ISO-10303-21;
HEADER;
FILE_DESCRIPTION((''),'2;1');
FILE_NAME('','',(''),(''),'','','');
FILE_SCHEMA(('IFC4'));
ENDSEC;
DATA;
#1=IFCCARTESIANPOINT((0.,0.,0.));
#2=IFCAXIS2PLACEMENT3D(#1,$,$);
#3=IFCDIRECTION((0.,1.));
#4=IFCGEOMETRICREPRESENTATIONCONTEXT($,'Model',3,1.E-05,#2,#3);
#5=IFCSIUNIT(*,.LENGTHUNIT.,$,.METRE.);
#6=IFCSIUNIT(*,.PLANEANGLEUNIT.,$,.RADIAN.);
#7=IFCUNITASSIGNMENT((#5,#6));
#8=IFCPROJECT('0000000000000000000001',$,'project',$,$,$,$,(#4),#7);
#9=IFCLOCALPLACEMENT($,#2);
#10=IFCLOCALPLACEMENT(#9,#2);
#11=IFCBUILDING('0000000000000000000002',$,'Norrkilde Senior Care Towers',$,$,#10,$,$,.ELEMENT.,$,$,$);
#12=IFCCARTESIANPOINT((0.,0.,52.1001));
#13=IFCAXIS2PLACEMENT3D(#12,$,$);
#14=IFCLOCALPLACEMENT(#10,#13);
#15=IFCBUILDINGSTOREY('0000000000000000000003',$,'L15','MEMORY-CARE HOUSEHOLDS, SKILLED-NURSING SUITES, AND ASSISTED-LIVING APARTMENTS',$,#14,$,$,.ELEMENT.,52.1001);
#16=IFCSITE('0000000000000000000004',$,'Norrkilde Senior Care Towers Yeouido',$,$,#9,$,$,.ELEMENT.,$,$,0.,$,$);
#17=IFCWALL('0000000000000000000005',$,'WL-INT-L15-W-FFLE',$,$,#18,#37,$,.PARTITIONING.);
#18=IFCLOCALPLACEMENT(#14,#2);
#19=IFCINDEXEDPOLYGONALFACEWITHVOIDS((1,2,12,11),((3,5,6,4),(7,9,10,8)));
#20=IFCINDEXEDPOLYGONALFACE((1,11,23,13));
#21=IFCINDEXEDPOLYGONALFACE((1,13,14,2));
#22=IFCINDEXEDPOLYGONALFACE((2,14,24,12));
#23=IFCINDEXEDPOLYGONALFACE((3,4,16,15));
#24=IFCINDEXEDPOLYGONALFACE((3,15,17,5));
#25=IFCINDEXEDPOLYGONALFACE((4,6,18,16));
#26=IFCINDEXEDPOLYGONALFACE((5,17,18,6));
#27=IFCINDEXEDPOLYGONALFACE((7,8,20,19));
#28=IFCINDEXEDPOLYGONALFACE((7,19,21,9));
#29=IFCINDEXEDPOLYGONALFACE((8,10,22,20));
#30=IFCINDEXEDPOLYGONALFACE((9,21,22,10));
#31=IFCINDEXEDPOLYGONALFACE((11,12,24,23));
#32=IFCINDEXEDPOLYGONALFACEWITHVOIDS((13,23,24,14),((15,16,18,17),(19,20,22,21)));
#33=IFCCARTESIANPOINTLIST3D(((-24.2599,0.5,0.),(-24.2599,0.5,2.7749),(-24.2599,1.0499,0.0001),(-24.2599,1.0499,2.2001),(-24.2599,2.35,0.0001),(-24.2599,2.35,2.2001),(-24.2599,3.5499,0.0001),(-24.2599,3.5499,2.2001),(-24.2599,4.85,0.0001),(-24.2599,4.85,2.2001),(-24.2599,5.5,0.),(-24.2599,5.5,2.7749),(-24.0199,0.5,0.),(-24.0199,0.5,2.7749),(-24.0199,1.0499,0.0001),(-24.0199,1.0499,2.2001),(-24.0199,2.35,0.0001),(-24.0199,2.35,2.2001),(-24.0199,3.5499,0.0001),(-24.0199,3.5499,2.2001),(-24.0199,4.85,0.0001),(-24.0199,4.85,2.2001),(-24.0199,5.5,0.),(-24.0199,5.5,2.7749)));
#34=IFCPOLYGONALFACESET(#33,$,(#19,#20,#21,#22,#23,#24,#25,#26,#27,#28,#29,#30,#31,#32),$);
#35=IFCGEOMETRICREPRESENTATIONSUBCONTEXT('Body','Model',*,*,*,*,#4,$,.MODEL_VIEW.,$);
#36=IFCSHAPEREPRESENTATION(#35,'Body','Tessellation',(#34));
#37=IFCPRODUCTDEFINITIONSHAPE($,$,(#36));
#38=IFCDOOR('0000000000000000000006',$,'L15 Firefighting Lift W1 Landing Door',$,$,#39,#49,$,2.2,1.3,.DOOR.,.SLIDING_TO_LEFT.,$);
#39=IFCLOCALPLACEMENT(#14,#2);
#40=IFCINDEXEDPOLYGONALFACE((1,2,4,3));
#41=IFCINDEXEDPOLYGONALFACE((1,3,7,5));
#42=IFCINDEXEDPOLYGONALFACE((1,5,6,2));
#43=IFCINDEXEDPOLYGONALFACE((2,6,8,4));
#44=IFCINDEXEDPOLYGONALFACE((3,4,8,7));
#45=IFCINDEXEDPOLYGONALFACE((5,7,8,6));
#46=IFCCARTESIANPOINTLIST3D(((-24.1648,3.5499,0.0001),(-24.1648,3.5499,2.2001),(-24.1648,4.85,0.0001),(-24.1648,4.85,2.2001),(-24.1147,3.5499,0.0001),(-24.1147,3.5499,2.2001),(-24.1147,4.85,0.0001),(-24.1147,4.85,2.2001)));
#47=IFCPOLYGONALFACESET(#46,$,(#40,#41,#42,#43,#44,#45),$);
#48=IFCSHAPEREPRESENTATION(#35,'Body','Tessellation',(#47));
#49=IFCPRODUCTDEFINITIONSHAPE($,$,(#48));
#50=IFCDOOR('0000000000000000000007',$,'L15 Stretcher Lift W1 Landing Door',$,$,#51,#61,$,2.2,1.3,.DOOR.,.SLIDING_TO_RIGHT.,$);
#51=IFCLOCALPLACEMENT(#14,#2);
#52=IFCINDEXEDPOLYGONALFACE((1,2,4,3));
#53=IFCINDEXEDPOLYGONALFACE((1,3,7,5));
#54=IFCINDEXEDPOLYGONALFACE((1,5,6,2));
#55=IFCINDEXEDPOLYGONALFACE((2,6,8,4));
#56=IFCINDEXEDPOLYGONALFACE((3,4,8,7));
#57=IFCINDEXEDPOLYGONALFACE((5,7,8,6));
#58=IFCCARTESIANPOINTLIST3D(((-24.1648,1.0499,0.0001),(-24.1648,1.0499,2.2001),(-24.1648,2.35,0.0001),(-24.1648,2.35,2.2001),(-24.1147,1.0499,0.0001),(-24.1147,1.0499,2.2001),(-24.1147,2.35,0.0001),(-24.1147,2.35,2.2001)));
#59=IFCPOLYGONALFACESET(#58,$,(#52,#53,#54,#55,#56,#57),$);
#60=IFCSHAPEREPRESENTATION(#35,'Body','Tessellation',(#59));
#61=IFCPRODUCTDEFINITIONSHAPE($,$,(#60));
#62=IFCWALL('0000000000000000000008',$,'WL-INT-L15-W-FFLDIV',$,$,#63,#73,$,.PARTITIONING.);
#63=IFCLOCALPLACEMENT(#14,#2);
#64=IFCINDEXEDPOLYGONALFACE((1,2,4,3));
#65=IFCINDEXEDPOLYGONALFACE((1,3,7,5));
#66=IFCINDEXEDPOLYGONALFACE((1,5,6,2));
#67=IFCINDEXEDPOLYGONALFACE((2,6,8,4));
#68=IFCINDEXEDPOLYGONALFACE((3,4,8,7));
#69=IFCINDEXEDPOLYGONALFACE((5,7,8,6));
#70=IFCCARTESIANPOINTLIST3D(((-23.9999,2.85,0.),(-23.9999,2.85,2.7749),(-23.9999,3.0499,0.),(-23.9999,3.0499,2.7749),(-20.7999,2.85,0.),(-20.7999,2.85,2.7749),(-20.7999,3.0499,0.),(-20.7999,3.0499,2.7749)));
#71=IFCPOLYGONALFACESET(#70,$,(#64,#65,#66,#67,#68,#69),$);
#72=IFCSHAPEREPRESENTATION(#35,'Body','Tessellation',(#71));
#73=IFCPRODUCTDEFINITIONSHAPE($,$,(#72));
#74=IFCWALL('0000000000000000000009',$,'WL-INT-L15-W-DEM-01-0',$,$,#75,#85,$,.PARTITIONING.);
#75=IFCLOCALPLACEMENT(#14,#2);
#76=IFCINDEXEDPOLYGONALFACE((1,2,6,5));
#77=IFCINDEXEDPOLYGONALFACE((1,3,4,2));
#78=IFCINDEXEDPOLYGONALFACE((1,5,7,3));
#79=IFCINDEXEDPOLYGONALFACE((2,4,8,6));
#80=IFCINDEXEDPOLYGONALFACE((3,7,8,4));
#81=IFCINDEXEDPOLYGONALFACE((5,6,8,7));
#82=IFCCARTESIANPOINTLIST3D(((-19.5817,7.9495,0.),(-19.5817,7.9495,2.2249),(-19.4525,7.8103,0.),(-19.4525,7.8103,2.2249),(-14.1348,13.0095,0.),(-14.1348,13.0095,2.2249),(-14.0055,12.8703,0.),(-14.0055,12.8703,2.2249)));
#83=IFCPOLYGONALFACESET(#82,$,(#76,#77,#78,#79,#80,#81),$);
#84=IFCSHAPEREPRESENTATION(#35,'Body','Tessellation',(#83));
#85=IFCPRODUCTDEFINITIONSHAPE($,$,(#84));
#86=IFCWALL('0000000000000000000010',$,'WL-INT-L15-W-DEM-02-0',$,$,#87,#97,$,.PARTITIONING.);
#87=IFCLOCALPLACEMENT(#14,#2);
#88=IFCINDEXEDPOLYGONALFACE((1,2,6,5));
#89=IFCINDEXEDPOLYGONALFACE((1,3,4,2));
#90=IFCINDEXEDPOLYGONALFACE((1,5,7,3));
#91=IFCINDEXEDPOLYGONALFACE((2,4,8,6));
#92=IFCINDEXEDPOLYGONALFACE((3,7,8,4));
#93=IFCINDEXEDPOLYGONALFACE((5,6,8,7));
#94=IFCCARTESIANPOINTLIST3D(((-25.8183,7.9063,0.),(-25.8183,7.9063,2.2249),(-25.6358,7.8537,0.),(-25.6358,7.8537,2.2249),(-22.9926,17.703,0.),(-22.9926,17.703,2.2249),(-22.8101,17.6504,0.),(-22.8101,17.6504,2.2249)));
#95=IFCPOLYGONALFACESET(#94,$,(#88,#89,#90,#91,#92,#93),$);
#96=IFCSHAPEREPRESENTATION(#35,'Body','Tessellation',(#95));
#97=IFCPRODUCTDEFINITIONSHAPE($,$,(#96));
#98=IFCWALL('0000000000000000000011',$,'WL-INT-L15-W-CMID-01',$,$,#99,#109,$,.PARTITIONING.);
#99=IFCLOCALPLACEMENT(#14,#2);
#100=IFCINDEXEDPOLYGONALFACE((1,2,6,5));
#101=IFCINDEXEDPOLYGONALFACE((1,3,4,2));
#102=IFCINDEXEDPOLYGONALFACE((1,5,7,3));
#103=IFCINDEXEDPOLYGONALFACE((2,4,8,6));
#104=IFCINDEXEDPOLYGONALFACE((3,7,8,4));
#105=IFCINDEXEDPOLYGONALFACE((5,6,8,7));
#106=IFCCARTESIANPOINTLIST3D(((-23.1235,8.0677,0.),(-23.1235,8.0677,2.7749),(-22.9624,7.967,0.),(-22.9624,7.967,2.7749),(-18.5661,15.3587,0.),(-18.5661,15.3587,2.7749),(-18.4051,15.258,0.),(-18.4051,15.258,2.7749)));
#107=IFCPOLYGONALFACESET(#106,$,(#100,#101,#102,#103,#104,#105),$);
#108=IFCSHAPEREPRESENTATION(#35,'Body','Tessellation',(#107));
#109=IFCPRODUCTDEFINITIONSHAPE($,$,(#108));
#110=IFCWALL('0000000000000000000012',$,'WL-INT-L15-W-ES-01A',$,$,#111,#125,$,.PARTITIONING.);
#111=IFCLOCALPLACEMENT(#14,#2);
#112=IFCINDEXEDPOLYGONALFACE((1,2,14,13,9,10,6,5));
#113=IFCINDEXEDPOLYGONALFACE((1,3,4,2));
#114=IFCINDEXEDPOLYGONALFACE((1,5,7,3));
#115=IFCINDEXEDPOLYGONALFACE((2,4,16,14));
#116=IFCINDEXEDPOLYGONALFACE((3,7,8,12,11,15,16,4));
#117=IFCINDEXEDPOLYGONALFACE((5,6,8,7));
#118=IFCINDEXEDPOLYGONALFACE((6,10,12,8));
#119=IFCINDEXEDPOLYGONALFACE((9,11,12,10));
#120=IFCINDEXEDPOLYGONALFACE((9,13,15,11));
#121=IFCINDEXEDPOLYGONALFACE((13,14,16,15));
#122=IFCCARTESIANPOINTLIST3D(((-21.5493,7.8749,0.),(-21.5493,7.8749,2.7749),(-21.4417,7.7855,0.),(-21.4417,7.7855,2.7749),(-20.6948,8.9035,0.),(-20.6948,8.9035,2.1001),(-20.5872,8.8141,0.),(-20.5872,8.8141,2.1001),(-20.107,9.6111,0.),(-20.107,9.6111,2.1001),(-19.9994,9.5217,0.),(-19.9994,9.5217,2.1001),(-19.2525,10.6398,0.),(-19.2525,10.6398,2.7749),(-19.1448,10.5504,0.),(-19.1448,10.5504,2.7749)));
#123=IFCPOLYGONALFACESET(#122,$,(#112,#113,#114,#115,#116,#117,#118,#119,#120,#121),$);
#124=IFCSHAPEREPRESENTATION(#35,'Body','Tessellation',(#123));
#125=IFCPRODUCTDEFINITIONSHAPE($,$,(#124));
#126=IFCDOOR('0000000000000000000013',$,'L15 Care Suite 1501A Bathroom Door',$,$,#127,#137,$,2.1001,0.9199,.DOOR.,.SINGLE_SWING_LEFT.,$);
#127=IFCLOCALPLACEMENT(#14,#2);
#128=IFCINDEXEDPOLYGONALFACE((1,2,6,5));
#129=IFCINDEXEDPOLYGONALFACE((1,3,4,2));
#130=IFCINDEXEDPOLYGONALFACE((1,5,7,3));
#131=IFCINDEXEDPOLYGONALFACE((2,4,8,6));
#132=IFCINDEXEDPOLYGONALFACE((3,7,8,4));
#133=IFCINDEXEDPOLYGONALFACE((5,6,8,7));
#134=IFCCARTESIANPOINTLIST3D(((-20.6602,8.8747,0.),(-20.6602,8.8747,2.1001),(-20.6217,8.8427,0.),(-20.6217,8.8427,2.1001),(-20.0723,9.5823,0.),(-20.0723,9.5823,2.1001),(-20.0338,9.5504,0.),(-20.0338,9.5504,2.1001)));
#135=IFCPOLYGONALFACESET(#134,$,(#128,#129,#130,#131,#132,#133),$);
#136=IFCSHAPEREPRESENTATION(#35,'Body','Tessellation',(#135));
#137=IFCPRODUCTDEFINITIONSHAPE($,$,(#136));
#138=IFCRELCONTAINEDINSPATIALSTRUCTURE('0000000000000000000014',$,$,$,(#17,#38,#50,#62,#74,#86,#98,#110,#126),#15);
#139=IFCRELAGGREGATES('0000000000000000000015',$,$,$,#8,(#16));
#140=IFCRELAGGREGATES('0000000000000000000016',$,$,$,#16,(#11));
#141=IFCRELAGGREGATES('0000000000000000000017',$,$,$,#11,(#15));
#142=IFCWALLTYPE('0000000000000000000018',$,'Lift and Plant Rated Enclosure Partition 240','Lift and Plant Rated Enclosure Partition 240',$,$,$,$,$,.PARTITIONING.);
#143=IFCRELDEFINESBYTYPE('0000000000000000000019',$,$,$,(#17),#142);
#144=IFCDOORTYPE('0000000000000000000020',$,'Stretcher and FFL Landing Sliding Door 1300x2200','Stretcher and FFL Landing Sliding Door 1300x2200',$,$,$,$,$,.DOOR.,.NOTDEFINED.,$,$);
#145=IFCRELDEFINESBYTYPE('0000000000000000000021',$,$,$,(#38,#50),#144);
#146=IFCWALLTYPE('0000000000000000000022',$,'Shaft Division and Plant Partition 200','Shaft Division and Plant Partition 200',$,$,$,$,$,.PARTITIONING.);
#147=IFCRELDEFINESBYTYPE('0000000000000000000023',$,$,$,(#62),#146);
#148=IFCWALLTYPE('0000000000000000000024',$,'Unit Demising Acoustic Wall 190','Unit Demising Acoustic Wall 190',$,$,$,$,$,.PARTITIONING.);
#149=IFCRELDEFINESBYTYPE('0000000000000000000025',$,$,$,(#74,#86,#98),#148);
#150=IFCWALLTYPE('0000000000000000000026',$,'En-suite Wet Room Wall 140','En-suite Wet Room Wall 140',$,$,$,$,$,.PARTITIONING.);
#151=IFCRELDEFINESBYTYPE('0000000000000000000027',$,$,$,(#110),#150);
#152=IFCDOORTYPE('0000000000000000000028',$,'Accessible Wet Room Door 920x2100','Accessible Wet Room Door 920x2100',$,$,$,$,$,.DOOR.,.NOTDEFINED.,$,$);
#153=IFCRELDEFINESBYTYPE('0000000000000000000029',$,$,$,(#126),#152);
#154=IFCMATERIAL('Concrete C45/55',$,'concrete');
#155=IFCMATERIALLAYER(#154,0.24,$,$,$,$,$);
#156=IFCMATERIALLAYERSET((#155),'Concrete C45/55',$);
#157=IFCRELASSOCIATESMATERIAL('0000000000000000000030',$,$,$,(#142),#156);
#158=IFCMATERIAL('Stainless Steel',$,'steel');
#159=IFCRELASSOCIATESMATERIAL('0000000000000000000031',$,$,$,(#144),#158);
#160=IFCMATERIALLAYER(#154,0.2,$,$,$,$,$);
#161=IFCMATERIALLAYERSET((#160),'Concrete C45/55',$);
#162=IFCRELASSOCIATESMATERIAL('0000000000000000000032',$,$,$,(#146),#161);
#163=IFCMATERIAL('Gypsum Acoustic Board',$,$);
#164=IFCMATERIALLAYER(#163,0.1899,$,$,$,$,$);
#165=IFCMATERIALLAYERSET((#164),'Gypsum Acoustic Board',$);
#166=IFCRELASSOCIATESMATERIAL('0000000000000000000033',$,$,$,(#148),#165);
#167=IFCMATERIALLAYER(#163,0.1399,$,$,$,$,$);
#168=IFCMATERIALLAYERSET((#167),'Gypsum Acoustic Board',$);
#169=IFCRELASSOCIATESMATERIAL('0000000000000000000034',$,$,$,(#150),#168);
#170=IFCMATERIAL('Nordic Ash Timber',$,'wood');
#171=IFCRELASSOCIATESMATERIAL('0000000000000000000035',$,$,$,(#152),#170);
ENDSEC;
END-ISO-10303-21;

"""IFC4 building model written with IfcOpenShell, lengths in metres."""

from ifc_helpers import new_model, si_unit, direction, frame, frame_2d, origin, place, context, subcontext, project, spatial, rectangle, extrude, source, transform, mapped, material, layer, layer_set, type_object, type_shapes, element, fill, save


model = new_model("IFC4")

# Units and contexts
model_context = context("Model", 3, precision=1e-05, world=origin(), true_north=direction((0.0, 1.0)))
body_context = subcontext(model_context, "Body", "Model", "MODEL_VIEW")
ifc_project = project(units=[si_unit("LENGTHUNIT", "METRE"), si_unit("PLANEANGLEUNIT", "RADIAN")], contexts=[model_context])

# Site, building, storey
site_placement = place(None, origin())
site = spatial("IfcSite", under=ifc_project, at=site_placement, Name="Norrkilde Senior Care Towers Yeouido", CompositionType="ELEMENT", RefElevation=0.0)
building_placement = place(site_placement, origin())
building = spatial("IfcBuilding", under=site, at=building_placement, Name="Norrkilde Senior Care Towers", CompositionType="ELEMENT")
storey_placement = place(building_placement, frame((0.0, 0.0, 52.1001)))
storey = spatial("IfcBuildingStorey", under=building, at=storey_placement, Name="L15", Description="MEMORY-CARE HOUSEHOLDS, SKILLED-NURSING SUITES, AND ASSISTED-LIVING APARTMENTS", CompositionType="ELEMENT", Elevation=52.1001)

# Shared definitions
ifc_material_1 = material(Name="Concrete C45/55", Category="concrete")

# Wall, openings, doors
ifc_layer_1 = layer(ifc_material_1, 0.24)
ifc_layer_set_1 = layer_set([ifc_layer_1], Name="Concrete C45/55")
wall_type_1 = type_object("IfcWallType", Name="Lift and Plant Rated Enclosure Partition 240", Description="Lift and Plant Rated Enclosure Partition 240", PredefinedType="PARTITIONING", material=ifc_layer_set_1)
shared_shape_1 = source(origin(), body_context, "Body", "SweptSolid", [
    extrude(rectangle(XDim=5.0, YDim=0.24, at=frame_2d((2.5, 0.0))), origin(), (0.0, 0.0, 1.0), 2.7749),
])
type_shapes(wall_type_1, [shared_shape_1])
wall_1_placement = place(storey_placement, frame((-24.1399, 0.5, 0.0), z_axis=(0.0, 0.0, 1.0), x_axis=(0.0, 1.0, 0.0)))
wall_1 = element("IfcWall", 1, at=wall_1_placement, inside=storey, type_object=wall_type_1, Name="WL-INT-L15-W-FFLE", PredefinedType="PARTITIONING", context=body_context, shape_type="MappedRepresentation", body=[
    mapped(shared_shape_1, transform((0.0, 0.0, 0.0), x_axis=(1.0, 0.0, 0.0), y_axis=(0.0, 1.0, 0.0), z_axis=(0.0, 0.0, 1.0), scale=1.0)),
])
opening_1_placement = place(wall_1_placement, frame((3.05, 0.0, 0.0)))
opening_1 = element("IfcOpeningElement", 2, at=opening_1_placement, cuts=wall_1, PredefinedType="OPENING", context=body_context, shape_type="SweptSolid", body=[
    extrude(rectangle(XDim=1.3, YDim=2.2, at=frame_2d((0.6499, 1.1001))), frame((0.0, 0.1299, 0.0), z_axis=(0.0, -1.0, 0.0), x_axis=(1.0, 0.0, 0.0)), (0.0, 0.0, 1.0), 0.26),
])
opening_2_placement = place(wall_1_placement, frame((0.55, 0.0, 0.0)))
opening_2 = element("IfcOpeningElement", 3, at=opening_2_placement, cuts=wall_1, PredefinedType="OPENING", context=body_context, shape_type="SweptSolid", body=[
    extrude(rectangle(XDim=1.3, YDim=2.2, at=frame_2d((0.6499, 1.1001))), frame((0.0, 0.1299, 0.0), z_axis=(0.0, -1.0, 0.0), x_axis=(1.0, 0.0, 0.0)), (0.0, 0.0, 1.0), 0.26),
])
ifc_material_2 = material(Name="Stainless Steel", Category="steel")
door_type_1 = type_object("IfcDoorType", Name="Stretcher and FFL Landing Sliding Door 1300x2200", Description="Stretcher and FFL Landing Sliding Door 1300x2200", OperationType="NOTDEFINED", PredefinedType="DOOR", material=ifc_material_2)
shared_shape_2 = source(origin(), body_context, "Body", "SweptSolid", [
    extrude(rectangle(XDim=1.3, YDim=2.2, at=frame_2d((0.6499, 1.1001))), frame((0.0, 0.0249, 0.0), z_axis=(0.0, -1.0, 0.0), x_axis=(1.0, 0.0, 0.0)), (0.0, 0.0, 1.0), 0.05),
])
type_shapes(door_type_1, [shared_shape_2])
door_1_placement = place(opening_1_placement, origin())
door_1 = element("IfcDoor", 4, at=door_1_placement, inside=storey, type_object=door_type_1, Name="L15 Firefighting Lift W1 Landing Door", OperationType="SLIDING_TO_LEFT", OverallHeight=2.2, OverallWidth=1.3, PredefinedType="DOOR", context=body_context, shape_type="MappedRepresentation", body=[
    mapped(shared_shape_2, transform((0.0, 0.0, 0.0), x_axis=(1.0, 0.0, 0.0), y_axis=(0.0, 1.0, 0.0), z_axis=(0.0, 0.0, 1.0), scale=1.0)),
])
fill(opening_1, door_1)
door_2_placement = place(opening_2_placement, origin())
door_2 = element("IfcDoor", 5, at=door_2_placement, inside=storey, type_object=door_type_1, Name="L15 Stretcher Lift W1 Landing Door", OperationType="SLIDING_TO_RIGHT", OverallHeight=2.2, OverallWidth=1.3, PredefinedType="DOOR", context=body_context, shape_type="MappedRepresentation", body=[
    mapped(shared_shape_2, transform((0.0, 0.0, 0.0), x_axis=(1.0, 0.0, 0.0), y_axis=(0.0, 1.0, 0.0), z_axis=(0.0, 0.0, 1.0), scale=1.0)),
])
fill(opening_2, door_2)

# Walls
ifc_layer_2 = layer(ifc_material_1, 0.2)
ifc_layer_set_2 = layer_set([ifc_layer_2], Name="Concrete C45/55")
wall_type_2 = type_object("IfcWallType", Name="Shaft Division and Plant Partition 200", Description="Shaft Division and Plant Partition 200", PredefinedType="PARTITIONING", material=ifc_layer_set_2)
shared_shape_3 = source(origin(), body_context, "Body", "SweptSolid", [
    extrude(rectangle(XDim=3.2, YDim=0.2, at=frame_2d((1.6001, 0.0))), origin(), (0.0, 0.0, 1.0), 2.7749),
])
type_shapes(wall_type_2, [shared_shape_3])
wall_2_placement = place(storey_placement, frame((-24.0, 2.95, 0.0), z_axis=(0.0, 0.0, 1.0), x_axis=(1.0, 0.0, 0.0)))
element("IfcWall", 6, at=wall_2_placement, inside=storey, type_object=wall_type_2, Name="WL-INT-L15-W-FFLDIV", PredefinedType="PARTITIONING", context=body_context, shape_type="MappedRepresentation", body=[
    mapped(shared_shape_3, transform((0.0, 0.0, 0.0), x_axis=(1.0, 0.0, 0.0), y_axis=(0.0, 1.0, 0.0), z_axis=(0.0, 0.0, 1.0), scale=1.0)),
])
ifc_material_3 = material(Name="Gypsum Acoustic Board")
ifc_layer_3 = layer(ifc_material_3, 0.1899)
ifc_layer_set_3 = layer_set([ifc_layer_3], Name="Gypsum Acoustic Board")
wall_type_3 = type_object("IfcWallType", Name="Unit Demising Acoustic Wall 190", Description="Unit Demising Acoustic Wall 190", PredefinedType="PARTITIONING", material=ifc_layer_set_3)
shared_shape_4 = source(origin(), body_context, "Body", "SweptSolid", [
    extrude(rectangle(XDim=7.4346, YDim=0.1899, at=frame_2d((3.7173, 0.0))), origin(), (0.0, 0.0, 1.0), 2.2249),
])
wall_3_placement = place(storey_placement, frame((-19.5171, 7.8799, 0.0), z_axis=(0.0, 0.0, 1.0), x_axis=(0.732652, 0.680603, 0.0)))
element("IfcWall", 7, at=wall_3_placement, inside=storey, type_object=wall_type_3, Name="WL-INT-L15-W-DEM-01-0", PredefinedType="PARTITIONING", context=body_context, shape_type="MappedRepresentation", body=[
    mapped(shared_shape_4, transform((0.0, 0.0, 0.0), x_axis=(1.0, 0.0, 0.0), y_axis=(0.0, 1.0, 0.0), z_axis=(0.0, 0.0, 1.0), scale=1.0)),
])
shared_shape_5 = source(origin(), body_context, "Body", "SweptSolid", [
    extrude(rectangle(XDim=10.196, YDim=0.1899, at=frame_2d((5.0981, 0.0))), origin(), (0.0, 0.0, 1.0), 2.2249),
])
wall_4_placement = place(storey_placement, frame((-25.7271, 7.8799, 0.0), z_axis=(0.0, 0.0, 1.0), x_axis=(0.277136, 0.960831, 0.0)))
element("IfcWall", 8, at=wall_4_placement, inside=storey, type_object=wall_type_3, Name="WL-INT-L15-W-DEM-02-0", PredefinedType="PARTITIONING", context=body_context, shape_type="MappedRepresentation", body=[
    mapped(shared_shape_5, transform((0.0, 0.0, 0.0), x_axis=(1.0, 0.0, 0.0), y_axis=(0.0, 1.0, 0.0), z_axis=(0.0, 0.0, 1.0), scale=1.0)),
])
shared_shape_6 = source(origin(), body_context, "Body", "SweptSolid", [
    extrude(rectangle(XDim=8.5981, YDim=0.1899, at=frame_2d((4.2991, 0.0))), origin(), (0.0, 0.0, 1.0), 2.7749),
])
type_shapes(wall_type_3, [shared_shape_4, shared_shape_5, shared_shape_6])
wall_5_placement = place(storey_placement, frame((-23.043, 8.0173, 0.0), z_axis=(0.0, 0.0, 1.0), x_axis=(0.53004, 0.847973, 0.0)))
element("IfcWall", 9, at=wall_5_placement, inside=storey, type_object=wall_type_3, Name="WL-INT-L15-W-CMID-01", PredefinedType="PARTITIONING", context=body_context, shape_type="MappedRepresentation", body=[
    mapped(shared_shape_6, transform((0.0, 0.0, 0.0), x_axis=(1.0, 0.0, 0.0), y_axis=(0.0, 1.0, 0.0), z_axis=(0.0, 0.0, 1.0), scale=1.0)),
])

# Wall, opening, door
ifc_layer_4 = layer(ifc_material_3, 0.1399)
ifc_layer_set_4 = layer_set([ifc_layer_4], Name="Gypsum Acoustic Board")
wall_type_4 = type_object("IfcWallType", Name="En-suite Wet Room Wall 140", Description="En-suite Wet Room Wall 140", PredefinedType="PARTITIONING", material=ifc_layer_set_4)
shared_shape_7 = source(origin(), body_context, "Body", "SweptSolid", [
    extrude(rectangle(XDim=3.5945, YDim=0.1399, at=frame_2d((1.7974, 0.0))), origin(), (0.0, 0.0, 1.0), 2.7749),
])
wall_6_placement = place(storey_placement, frame((-21.4956, 7.8301, 0.0), z_axis=(0.0, 0.0, 1.0), x_axis=(0.639001, 0.769206, 0.0)))
wall_6 = element("IfcWall", 10, at=wall_6_placement, inside=storey, type_object=wall_type_4, Name="WL-INT-L15-W-ES-01A", PredefinedType="PARTITIONING", context=body_context, shape_type="MappedRepresentation", body=[
    mapped(shared_shape_7, transform((0.0, 0.0, 0.0), x_axis=(1.0, 0.0, 0.0), y_axis=(0.0, 1.0, 0.0), z_axis=(0.0, 0.0, 1.0), scale=1.0)),
])
opening_3_placement = place(wall_6_placement, frame((1.3374, 0.0, 0.0)))
opening_3 = element("IfcOpeningElement", 11, at=opening_3_placement, cuts=wall_6, PredefinedType="OPENING", context=body_context, shape_type="SweptSolid", body=[
    extrude(rectangle(XDim=0.9199, YDim=2.1001, at=frame_2d((0.46, 1.05))), frame((0.0, 0.0798, 0.0), z_axis=(0.0, -1.0, 0.0), x_axis=(1.0, 0.0, 0.0)), (0.0, 0.0, 1.0), 0.1599),
])
ifc_material_4 = material(Name="Nordic Ash Timber", Category="wood")
door_type_2 = type_object("IfcDoorType", Name="Accessible Wet Room Door 920x2100", Description="Accessible Wet Room Door 920x2100", OperationType="NOTDEFINED", PredefinedType="DOOR", material=ifc_material_4)
shared_shape_8 = source(origin(), body_context, "Body", "SweptSolid", [
    extrude(rectangle(XDim=0.9199, YDim=2.1001, at=frame_2d((0.46, 1.05))), frame((0.0, 0.0249, 0.0), z_axis=(0.0, -1.0, 0.0), x_axis=(1.0, 0.0, 0.0)), (0.0, 0.0, 1.0), 0.05),
])
type_shapes(door_type_2, [shared_shape_8])
door_3_placement = place(opening_3_placement, origin())
door_3 = element("IfcDoor", 12, at=door_3_placement, inside=storey, type_object=door_type_2, Name="L15 Care Suite 1501A Bathroom Door", OperationType="SINGLE_SWING_LEFT", OverallHeight=2.1001, OverallWidth=0.9199, PredefinedType="DOOR", context=body_context, shape_type="MappedRepresentation", body=[
    mapped(shared_shape_8, transform((0.0, 0.0, 0.0), x_axis=(1.0, 0.0, 0.0), y_axis=(0.0, 1.0, 0.0), z_axis=(0.0, 0.0, 1.0), scale=1.0)),
])
fill(opening_3, door_3)

save(model, "model.ifc")
